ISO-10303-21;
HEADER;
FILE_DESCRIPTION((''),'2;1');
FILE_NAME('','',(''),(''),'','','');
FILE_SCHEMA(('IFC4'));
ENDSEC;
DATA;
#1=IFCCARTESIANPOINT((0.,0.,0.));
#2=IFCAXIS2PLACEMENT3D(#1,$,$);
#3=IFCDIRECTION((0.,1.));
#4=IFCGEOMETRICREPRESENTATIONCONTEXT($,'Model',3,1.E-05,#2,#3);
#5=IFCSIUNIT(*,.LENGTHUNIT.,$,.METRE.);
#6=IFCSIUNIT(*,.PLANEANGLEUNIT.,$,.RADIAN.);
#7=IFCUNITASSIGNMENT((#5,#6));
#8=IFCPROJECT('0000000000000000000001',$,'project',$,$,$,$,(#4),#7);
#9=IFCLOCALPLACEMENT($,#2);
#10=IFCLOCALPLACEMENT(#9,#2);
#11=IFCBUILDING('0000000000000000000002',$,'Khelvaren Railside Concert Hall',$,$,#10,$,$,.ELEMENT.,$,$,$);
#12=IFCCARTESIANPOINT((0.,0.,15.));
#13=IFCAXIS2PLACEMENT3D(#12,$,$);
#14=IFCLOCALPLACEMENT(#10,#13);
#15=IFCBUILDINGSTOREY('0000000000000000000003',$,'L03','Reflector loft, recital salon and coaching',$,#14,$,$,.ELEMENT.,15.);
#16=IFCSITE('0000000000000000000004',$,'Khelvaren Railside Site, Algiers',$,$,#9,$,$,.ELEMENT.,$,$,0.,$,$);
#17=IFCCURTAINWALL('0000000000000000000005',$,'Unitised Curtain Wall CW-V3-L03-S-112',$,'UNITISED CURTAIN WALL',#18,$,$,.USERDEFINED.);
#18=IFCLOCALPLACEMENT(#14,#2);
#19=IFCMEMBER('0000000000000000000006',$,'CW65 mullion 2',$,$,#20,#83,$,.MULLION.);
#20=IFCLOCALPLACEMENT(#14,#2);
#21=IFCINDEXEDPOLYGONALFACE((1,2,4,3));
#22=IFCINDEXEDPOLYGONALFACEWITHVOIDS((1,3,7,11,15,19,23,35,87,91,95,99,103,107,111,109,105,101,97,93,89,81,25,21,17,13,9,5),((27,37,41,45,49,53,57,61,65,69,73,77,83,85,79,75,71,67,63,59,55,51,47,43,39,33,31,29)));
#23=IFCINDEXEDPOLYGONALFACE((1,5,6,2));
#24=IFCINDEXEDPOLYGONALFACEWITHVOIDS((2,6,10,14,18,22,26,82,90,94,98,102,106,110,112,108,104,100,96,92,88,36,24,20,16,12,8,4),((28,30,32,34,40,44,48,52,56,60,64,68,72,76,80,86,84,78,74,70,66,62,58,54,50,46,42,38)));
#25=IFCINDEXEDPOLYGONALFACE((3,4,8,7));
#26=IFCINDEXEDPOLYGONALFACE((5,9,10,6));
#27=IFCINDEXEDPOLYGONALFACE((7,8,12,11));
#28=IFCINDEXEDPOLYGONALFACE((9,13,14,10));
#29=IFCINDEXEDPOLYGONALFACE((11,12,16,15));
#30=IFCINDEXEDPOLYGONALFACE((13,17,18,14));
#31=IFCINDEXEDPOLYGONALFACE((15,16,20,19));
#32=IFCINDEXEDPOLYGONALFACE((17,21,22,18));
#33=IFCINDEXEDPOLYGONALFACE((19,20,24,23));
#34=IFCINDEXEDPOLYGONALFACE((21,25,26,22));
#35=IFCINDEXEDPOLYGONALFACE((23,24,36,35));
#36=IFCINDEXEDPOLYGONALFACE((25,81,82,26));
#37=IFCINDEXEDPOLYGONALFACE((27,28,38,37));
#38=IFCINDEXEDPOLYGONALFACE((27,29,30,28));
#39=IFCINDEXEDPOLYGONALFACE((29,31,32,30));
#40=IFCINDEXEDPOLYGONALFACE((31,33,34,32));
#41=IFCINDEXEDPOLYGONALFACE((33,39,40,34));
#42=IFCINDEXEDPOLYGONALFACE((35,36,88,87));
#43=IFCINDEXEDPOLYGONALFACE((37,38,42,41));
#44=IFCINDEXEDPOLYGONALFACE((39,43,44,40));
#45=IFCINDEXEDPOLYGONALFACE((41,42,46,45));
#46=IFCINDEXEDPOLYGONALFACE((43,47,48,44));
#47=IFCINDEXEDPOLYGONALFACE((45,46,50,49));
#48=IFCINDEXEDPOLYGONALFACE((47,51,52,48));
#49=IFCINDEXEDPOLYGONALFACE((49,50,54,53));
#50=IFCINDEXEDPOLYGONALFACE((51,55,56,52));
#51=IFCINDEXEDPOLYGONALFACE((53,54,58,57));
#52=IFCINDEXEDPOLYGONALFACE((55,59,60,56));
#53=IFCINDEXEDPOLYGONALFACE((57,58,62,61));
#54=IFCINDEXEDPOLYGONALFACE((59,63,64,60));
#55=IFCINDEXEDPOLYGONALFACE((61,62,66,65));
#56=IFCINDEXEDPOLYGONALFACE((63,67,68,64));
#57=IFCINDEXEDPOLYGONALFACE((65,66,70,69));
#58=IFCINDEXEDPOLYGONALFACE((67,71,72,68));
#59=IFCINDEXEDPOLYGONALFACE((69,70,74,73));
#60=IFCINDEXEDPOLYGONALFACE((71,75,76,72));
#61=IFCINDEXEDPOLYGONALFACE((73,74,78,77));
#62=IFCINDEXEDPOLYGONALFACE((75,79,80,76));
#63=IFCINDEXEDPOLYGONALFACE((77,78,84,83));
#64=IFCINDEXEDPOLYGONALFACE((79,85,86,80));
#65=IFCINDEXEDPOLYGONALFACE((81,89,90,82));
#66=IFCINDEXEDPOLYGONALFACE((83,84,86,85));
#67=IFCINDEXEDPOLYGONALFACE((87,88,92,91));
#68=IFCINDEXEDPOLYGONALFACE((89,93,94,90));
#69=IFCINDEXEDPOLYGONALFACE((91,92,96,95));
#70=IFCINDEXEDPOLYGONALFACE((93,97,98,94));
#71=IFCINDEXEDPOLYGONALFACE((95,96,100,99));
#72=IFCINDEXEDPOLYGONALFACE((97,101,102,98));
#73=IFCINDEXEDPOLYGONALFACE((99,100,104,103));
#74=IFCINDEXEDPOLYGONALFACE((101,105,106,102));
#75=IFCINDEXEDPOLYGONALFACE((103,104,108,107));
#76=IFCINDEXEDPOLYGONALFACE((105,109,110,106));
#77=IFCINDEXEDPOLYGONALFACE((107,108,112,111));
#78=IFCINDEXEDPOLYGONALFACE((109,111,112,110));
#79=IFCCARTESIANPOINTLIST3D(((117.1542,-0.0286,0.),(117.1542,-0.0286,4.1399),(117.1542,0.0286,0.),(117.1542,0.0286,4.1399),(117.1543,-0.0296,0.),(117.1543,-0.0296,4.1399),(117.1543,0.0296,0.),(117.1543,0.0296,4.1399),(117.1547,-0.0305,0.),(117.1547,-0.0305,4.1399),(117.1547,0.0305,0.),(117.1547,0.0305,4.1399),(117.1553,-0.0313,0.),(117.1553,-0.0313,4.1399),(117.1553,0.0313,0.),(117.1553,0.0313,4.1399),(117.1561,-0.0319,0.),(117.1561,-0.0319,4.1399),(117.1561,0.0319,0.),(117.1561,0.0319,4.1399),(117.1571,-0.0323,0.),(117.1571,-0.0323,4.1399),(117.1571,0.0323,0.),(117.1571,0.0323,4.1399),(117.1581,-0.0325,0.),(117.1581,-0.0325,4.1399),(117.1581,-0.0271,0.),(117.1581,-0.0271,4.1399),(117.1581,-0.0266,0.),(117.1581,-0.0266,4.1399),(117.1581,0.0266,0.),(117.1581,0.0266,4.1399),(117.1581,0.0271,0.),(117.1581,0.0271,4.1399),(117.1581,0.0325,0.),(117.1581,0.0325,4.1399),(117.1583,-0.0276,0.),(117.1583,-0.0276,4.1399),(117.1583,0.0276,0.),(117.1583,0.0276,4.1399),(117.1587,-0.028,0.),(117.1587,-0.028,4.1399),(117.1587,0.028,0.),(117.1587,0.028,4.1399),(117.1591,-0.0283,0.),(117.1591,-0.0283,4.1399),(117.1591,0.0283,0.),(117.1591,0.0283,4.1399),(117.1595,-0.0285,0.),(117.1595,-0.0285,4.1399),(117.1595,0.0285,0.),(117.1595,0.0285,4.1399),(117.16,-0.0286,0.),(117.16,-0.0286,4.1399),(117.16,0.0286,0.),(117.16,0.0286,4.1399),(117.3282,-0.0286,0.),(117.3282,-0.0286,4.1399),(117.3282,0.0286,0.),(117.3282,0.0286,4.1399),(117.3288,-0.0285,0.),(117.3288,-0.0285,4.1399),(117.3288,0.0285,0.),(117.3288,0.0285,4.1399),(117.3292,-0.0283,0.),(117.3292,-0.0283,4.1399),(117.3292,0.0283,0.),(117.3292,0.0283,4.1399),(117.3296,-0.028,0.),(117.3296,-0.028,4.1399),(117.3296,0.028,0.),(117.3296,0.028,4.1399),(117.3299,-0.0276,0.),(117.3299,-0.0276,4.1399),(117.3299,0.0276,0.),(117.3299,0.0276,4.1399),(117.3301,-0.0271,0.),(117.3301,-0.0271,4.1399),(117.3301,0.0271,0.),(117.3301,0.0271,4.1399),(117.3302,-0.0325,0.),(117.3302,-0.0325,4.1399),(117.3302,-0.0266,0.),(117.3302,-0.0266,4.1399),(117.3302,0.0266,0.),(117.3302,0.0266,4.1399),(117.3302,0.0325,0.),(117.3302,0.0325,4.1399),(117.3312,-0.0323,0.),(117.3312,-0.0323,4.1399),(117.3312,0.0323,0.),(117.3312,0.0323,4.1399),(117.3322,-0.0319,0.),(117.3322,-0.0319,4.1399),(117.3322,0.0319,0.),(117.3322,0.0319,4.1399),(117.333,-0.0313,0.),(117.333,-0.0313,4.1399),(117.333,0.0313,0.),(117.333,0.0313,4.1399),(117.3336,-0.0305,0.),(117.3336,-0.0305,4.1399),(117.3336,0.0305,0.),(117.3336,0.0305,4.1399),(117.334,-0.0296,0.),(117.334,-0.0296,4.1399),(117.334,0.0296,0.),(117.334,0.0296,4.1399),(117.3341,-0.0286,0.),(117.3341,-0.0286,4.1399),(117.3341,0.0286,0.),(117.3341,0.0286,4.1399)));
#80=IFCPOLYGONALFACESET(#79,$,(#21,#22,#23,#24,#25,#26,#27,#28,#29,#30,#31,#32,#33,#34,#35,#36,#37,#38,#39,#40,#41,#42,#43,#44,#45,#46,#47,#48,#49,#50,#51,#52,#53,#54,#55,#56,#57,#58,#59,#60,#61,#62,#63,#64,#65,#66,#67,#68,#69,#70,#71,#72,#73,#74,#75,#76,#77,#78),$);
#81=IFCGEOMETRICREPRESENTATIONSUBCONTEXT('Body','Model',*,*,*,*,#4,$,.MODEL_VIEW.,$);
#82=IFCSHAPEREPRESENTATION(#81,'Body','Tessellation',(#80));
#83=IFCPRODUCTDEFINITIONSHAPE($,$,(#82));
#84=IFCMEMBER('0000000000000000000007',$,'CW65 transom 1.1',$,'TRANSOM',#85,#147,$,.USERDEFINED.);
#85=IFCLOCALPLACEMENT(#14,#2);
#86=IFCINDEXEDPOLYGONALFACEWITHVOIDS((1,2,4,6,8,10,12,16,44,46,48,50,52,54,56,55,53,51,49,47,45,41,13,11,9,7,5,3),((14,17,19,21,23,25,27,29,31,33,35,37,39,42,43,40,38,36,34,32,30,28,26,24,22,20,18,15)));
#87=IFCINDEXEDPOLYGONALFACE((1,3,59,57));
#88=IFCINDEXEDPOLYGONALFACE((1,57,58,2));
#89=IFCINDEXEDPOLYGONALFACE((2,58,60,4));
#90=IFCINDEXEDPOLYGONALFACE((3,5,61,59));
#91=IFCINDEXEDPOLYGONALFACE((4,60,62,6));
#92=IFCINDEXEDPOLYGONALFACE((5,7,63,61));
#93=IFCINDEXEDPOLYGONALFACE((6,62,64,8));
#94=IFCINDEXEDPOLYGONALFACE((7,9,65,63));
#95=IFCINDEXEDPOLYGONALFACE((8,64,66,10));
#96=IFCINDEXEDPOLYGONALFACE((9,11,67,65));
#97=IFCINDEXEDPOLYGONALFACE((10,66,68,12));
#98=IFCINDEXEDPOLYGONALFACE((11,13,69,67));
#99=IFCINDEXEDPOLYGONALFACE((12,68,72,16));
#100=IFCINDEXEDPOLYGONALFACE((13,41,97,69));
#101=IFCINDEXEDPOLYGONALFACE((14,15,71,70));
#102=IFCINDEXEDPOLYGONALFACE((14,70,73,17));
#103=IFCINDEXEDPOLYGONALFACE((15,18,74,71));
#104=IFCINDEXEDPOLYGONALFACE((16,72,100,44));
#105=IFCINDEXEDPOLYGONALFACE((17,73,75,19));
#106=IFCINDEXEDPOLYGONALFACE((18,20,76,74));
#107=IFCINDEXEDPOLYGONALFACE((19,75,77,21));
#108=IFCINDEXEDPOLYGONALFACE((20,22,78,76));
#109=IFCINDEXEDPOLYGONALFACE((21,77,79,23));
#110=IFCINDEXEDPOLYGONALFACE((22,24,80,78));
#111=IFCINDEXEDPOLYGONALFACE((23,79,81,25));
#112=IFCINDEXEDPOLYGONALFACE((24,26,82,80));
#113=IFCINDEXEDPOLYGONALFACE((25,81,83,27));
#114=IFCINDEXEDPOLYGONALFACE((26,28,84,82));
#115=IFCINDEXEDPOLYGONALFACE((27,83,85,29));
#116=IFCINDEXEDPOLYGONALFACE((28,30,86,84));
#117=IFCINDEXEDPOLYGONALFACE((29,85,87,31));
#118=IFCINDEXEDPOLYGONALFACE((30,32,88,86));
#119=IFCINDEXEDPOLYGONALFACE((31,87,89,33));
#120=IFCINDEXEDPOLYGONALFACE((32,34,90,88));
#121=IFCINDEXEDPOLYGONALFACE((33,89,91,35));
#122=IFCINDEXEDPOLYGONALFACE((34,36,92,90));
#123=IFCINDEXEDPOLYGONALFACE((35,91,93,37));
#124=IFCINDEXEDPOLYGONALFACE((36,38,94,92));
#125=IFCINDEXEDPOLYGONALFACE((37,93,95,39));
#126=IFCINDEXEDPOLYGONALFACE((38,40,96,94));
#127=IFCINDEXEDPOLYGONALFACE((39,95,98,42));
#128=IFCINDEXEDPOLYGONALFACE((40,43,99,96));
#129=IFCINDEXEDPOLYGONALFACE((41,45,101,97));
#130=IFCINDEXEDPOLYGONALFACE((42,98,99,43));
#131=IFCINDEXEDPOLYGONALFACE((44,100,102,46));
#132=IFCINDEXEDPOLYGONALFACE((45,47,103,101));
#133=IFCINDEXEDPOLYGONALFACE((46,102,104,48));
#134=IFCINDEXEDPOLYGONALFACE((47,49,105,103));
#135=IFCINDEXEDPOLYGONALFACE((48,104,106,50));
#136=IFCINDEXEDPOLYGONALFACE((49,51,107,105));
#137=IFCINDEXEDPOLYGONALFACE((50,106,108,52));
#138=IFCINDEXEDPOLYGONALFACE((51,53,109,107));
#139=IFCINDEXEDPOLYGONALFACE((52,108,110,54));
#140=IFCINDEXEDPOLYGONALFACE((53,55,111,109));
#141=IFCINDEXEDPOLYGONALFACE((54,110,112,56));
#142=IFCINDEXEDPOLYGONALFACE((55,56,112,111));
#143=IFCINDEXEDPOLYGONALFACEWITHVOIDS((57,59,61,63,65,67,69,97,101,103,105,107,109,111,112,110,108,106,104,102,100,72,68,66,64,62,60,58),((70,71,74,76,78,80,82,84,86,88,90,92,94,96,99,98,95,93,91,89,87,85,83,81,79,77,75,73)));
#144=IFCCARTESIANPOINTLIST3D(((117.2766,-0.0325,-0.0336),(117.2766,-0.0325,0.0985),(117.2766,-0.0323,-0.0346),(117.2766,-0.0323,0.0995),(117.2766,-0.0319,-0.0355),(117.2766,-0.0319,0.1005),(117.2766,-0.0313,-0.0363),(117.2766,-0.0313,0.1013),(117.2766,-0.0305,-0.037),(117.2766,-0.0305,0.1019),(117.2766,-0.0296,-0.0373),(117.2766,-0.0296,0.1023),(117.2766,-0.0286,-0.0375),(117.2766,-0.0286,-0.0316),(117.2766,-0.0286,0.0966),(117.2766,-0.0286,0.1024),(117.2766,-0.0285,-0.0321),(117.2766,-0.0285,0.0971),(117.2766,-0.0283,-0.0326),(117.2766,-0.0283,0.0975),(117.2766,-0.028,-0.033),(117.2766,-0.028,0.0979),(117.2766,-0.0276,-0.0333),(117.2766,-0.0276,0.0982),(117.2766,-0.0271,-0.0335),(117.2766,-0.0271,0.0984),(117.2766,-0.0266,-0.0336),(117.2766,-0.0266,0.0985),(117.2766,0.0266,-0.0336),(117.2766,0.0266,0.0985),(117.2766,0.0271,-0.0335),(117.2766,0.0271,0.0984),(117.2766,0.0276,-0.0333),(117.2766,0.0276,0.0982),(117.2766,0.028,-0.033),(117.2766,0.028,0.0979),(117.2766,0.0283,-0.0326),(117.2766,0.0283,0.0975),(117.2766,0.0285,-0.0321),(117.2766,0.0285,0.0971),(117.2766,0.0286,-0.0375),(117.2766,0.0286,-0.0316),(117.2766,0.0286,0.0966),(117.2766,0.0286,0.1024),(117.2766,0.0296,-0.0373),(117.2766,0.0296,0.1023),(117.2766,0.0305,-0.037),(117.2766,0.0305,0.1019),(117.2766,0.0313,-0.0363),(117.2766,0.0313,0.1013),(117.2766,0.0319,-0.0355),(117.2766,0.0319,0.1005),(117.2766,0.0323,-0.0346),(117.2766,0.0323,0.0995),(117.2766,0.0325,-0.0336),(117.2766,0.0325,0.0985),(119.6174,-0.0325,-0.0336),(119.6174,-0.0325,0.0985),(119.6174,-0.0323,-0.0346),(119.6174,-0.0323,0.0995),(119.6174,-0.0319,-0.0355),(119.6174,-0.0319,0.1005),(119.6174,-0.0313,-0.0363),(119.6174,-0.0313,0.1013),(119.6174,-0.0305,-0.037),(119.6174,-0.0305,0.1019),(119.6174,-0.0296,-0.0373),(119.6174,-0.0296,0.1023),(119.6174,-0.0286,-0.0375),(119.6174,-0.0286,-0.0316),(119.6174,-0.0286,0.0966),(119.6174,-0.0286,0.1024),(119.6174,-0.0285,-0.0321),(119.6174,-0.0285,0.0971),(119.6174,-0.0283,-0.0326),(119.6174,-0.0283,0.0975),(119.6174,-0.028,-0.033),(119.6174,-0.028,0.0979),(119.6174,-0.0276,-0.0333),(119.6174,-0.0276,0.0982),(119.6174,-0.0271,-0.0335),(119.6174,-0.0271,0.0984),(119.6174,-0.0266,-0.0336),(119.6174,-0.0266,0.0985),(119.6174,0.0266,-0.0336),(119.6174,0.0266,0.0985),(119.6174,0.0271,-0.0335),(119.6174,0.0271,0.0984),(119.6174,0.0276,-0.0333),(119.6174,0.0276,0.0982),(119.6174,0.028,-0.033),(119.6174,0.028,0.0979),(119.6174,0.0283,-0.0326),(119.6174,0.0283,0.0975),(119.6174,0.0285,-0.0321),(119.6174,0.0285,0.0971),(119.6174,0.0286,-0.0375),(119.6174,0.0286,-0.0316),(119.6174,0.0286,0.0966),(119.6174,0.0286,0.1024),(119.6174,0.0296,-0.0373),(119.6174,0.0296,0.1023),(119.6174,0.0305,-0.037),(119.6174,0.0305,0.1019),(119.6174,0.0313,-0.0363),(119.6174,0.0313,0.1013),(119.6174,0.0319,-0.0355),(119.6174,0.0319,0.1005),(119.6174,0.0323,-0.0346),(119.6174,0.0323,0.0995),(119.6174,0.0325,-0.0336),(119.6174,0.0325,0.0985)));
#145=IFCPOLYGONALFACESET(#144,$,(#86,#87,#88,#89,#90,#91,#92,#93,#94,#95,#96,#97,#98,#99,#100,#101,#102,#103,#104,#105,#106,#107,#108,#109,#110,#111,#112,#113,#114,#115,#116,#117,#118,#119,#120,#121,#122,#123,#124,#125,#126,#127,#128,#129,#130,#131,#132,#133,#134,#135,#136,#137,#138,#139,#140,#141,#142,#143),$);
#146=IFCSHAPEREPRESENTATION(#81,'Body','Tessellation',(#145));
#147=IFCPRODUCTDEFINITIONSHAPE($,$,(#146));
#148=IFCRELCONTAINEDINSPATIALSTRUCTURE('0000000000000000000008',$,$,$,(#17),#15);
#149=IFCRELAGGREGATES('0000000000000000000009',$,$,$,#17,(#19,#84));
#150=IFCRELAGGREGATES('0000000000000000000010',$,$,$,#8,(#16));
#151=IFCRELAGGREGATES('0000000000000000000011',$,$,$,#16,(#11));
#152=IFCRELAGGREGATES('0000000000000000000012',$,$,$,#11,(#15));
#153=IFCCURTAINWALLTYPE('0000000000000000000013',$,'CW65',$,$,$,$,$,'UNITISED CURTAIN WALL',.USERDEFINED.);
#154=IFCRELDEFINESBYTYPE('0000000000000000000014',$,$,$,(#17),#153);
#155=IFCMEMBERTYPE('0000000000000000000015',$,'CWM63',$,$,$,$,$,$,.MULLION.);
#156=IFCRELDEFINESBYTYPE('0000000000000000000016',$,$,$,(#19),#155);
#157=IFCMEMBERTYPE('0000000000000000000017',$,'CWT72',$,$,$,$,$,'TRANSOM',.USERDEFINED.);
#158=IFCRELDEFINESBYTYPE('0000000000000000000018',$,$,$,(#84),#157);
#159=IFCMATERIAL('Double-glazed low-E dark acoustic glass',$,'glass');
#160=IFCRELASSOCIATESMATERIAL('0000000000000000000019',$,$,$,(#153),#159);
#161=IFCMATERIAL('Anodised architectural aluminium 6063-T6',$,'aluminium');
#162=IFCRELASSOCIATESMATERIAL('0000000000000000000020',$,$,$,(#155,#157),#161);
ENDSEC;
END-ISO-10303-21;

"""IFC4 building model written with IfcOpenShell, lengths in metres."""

from ifc_helpers import new_model, si_unit, direction, frame, origin, origin_2d, place, context, subcontext, project, spatial, hollow_rectangle, extrude, material, material_profile, profile_set, type_object, element, aggregate, save


model = new_model("IFC4")

# Units and contexts
model_context = context("Model", 3, precision=1e-05, world=origin(), true_north=direction((0.0, 1.0)))
body_context = subcontext(model_context, "Body", "Model", "MODEL_VIEW")
ifc_project = project(units=[si_unit("LENGTHUNIT", "METRE"), si_unit("PLANEANGLEUNIT", "RADIAN")], contexts=[model_context])

# Site, building, storey
site_placement = place(None, origin())
site = spatial("IfcSite", under=ifc_project, at=site_placement, Name="Khelvaren Railside Site, Algiers", CompositionType="ELEMENT", RefElevation=0.0)
building_placement = place(site_placement, origin())
building = spatial("IfcBuilding", under=site, at=building_placement, Name="Khelvaren Railside Concert Hall", CompositionType="ELEMENT")
storey_placement = place(building_placement, frame((0.0, 0.0, 15.0)))
storey = spatial("IfcBuildingStorey", under=building, at=storey_placement, Name="L03", Description="Reflector loft, recital salon and coaching", CompositionType="ELEMENT", Elevation=15.0)

# Curtain wall, members
ifc_material_1 = material(Name="Double-glazed low-E dark acoustic glass", Category="glass")
curtain_wall_type = type_object("IfcCurtainWallType", Name="CW65", ElementType="UNITISED CURTAIN WALL", PredefinedType="USERDEFINED", material=ifc_material_1)
curtain_wall_placement = place(storey_placement, origin())
curtain_wall = element("IfcCurtainWall", 1, at=curtain_wall_placement, inside=storey, type_object=curtain_wall_type, Name="Unitised Curtain Wall CW-V3-L03-S-112", ObjectType="UNITISED CURTAIN WALL", PredefinedType="USERDEFINED")
ifc_material_2 = material(Name="Anodised architectural aluminium 6063-T6", Category="aluminium")
ifc_material_profile_1 = material_profile(ifc_material_2, hollow_rectangle(XDim=0.0649, YDim=0.1799, WallThickness=0.0039, InnerFilletRadius=0.002, OuterFilletRadius=0.0039, at=origin_2d()), Name="CWM 65x180x4")
ifc_profile_set_1 = profile_set([ifc_material_profile_1], Name="Anodised architectural aluminium 6063-T6")
member_type_1 = type_object("IfcMemberType", Name="CWM63", PredefinedType="MULLION", material=ifc_profile_set_1)
member_1_placement = place(storey_placement, frame((117.2441, 0.0, 0.0), z_axis=(0.0, 0.0, 1.0), x_axis=(0.0, -1.0, 0.0)))
member_1 = element("IfcMember", 2, at=member_1_placement, type_object=member_type_1, Name="CW65 mullion 2", PredefinedType="MULLION", context=body_context, shape_type="SweptSolid", body=[
    extrude(hollow_rectangle(XDim=0.0649, YDim=0.1799, WallThickness=0.0039, InnerFilletRadius=0.002, OuterFilletRadius=0.0039, at=origin_2d()), origin(), (0.0, 0.0, 1.0), 4.1399),
])
ifc_material_profile_2 = material_profile(ifc_material_2, hollow_rectangle(XDim=0.0649, YDim=0.1399, WallThickness=0.0039, InnerFilletRadius=0.002, OuterFilletRadius=0.0039, at=origin_2d()), Name="CWT 65x140x4")
ifc_profile_set_2 = profile_set([ifc_material_profile_2], Name="Anodised architectural aluminium 6063-T6")
member_type_2 = type_object("IfcMemberType", Name="CWT72", ElementType="TRANSOM", PredefinedType="USERDEFINED", material=ifc_profile_set_2)
member_2_placement = place(storey_placement, frame((119.6174, 0.0, 0.0325), z_axis=(-1.0, 0.0, 0.0), x_axis=(0.0, -1.0, 0.0)))
member_2 = element("IfcMember", 3, at=member_2_placement, type_object=member_type_2, Name="CW65 transom 1.1", ObjectType="TRANSOM", PredefinedType="USERDEFINED", context=body_context, shape_type="SweptSolid", body=[
    extrude(hollow_rectangle(XDim=0.0649, YDim=0.1399, WallThickness=0.0039, InnerFilletRadius=0.002, OuterFilletRadius=0.0039, at=origin_2d()), origin(), (0.0, 0.0, 1.0), 2.3408),
])

aggregate(curtain_wall, [member_1, member_2])

save(model, "model.ifc")
